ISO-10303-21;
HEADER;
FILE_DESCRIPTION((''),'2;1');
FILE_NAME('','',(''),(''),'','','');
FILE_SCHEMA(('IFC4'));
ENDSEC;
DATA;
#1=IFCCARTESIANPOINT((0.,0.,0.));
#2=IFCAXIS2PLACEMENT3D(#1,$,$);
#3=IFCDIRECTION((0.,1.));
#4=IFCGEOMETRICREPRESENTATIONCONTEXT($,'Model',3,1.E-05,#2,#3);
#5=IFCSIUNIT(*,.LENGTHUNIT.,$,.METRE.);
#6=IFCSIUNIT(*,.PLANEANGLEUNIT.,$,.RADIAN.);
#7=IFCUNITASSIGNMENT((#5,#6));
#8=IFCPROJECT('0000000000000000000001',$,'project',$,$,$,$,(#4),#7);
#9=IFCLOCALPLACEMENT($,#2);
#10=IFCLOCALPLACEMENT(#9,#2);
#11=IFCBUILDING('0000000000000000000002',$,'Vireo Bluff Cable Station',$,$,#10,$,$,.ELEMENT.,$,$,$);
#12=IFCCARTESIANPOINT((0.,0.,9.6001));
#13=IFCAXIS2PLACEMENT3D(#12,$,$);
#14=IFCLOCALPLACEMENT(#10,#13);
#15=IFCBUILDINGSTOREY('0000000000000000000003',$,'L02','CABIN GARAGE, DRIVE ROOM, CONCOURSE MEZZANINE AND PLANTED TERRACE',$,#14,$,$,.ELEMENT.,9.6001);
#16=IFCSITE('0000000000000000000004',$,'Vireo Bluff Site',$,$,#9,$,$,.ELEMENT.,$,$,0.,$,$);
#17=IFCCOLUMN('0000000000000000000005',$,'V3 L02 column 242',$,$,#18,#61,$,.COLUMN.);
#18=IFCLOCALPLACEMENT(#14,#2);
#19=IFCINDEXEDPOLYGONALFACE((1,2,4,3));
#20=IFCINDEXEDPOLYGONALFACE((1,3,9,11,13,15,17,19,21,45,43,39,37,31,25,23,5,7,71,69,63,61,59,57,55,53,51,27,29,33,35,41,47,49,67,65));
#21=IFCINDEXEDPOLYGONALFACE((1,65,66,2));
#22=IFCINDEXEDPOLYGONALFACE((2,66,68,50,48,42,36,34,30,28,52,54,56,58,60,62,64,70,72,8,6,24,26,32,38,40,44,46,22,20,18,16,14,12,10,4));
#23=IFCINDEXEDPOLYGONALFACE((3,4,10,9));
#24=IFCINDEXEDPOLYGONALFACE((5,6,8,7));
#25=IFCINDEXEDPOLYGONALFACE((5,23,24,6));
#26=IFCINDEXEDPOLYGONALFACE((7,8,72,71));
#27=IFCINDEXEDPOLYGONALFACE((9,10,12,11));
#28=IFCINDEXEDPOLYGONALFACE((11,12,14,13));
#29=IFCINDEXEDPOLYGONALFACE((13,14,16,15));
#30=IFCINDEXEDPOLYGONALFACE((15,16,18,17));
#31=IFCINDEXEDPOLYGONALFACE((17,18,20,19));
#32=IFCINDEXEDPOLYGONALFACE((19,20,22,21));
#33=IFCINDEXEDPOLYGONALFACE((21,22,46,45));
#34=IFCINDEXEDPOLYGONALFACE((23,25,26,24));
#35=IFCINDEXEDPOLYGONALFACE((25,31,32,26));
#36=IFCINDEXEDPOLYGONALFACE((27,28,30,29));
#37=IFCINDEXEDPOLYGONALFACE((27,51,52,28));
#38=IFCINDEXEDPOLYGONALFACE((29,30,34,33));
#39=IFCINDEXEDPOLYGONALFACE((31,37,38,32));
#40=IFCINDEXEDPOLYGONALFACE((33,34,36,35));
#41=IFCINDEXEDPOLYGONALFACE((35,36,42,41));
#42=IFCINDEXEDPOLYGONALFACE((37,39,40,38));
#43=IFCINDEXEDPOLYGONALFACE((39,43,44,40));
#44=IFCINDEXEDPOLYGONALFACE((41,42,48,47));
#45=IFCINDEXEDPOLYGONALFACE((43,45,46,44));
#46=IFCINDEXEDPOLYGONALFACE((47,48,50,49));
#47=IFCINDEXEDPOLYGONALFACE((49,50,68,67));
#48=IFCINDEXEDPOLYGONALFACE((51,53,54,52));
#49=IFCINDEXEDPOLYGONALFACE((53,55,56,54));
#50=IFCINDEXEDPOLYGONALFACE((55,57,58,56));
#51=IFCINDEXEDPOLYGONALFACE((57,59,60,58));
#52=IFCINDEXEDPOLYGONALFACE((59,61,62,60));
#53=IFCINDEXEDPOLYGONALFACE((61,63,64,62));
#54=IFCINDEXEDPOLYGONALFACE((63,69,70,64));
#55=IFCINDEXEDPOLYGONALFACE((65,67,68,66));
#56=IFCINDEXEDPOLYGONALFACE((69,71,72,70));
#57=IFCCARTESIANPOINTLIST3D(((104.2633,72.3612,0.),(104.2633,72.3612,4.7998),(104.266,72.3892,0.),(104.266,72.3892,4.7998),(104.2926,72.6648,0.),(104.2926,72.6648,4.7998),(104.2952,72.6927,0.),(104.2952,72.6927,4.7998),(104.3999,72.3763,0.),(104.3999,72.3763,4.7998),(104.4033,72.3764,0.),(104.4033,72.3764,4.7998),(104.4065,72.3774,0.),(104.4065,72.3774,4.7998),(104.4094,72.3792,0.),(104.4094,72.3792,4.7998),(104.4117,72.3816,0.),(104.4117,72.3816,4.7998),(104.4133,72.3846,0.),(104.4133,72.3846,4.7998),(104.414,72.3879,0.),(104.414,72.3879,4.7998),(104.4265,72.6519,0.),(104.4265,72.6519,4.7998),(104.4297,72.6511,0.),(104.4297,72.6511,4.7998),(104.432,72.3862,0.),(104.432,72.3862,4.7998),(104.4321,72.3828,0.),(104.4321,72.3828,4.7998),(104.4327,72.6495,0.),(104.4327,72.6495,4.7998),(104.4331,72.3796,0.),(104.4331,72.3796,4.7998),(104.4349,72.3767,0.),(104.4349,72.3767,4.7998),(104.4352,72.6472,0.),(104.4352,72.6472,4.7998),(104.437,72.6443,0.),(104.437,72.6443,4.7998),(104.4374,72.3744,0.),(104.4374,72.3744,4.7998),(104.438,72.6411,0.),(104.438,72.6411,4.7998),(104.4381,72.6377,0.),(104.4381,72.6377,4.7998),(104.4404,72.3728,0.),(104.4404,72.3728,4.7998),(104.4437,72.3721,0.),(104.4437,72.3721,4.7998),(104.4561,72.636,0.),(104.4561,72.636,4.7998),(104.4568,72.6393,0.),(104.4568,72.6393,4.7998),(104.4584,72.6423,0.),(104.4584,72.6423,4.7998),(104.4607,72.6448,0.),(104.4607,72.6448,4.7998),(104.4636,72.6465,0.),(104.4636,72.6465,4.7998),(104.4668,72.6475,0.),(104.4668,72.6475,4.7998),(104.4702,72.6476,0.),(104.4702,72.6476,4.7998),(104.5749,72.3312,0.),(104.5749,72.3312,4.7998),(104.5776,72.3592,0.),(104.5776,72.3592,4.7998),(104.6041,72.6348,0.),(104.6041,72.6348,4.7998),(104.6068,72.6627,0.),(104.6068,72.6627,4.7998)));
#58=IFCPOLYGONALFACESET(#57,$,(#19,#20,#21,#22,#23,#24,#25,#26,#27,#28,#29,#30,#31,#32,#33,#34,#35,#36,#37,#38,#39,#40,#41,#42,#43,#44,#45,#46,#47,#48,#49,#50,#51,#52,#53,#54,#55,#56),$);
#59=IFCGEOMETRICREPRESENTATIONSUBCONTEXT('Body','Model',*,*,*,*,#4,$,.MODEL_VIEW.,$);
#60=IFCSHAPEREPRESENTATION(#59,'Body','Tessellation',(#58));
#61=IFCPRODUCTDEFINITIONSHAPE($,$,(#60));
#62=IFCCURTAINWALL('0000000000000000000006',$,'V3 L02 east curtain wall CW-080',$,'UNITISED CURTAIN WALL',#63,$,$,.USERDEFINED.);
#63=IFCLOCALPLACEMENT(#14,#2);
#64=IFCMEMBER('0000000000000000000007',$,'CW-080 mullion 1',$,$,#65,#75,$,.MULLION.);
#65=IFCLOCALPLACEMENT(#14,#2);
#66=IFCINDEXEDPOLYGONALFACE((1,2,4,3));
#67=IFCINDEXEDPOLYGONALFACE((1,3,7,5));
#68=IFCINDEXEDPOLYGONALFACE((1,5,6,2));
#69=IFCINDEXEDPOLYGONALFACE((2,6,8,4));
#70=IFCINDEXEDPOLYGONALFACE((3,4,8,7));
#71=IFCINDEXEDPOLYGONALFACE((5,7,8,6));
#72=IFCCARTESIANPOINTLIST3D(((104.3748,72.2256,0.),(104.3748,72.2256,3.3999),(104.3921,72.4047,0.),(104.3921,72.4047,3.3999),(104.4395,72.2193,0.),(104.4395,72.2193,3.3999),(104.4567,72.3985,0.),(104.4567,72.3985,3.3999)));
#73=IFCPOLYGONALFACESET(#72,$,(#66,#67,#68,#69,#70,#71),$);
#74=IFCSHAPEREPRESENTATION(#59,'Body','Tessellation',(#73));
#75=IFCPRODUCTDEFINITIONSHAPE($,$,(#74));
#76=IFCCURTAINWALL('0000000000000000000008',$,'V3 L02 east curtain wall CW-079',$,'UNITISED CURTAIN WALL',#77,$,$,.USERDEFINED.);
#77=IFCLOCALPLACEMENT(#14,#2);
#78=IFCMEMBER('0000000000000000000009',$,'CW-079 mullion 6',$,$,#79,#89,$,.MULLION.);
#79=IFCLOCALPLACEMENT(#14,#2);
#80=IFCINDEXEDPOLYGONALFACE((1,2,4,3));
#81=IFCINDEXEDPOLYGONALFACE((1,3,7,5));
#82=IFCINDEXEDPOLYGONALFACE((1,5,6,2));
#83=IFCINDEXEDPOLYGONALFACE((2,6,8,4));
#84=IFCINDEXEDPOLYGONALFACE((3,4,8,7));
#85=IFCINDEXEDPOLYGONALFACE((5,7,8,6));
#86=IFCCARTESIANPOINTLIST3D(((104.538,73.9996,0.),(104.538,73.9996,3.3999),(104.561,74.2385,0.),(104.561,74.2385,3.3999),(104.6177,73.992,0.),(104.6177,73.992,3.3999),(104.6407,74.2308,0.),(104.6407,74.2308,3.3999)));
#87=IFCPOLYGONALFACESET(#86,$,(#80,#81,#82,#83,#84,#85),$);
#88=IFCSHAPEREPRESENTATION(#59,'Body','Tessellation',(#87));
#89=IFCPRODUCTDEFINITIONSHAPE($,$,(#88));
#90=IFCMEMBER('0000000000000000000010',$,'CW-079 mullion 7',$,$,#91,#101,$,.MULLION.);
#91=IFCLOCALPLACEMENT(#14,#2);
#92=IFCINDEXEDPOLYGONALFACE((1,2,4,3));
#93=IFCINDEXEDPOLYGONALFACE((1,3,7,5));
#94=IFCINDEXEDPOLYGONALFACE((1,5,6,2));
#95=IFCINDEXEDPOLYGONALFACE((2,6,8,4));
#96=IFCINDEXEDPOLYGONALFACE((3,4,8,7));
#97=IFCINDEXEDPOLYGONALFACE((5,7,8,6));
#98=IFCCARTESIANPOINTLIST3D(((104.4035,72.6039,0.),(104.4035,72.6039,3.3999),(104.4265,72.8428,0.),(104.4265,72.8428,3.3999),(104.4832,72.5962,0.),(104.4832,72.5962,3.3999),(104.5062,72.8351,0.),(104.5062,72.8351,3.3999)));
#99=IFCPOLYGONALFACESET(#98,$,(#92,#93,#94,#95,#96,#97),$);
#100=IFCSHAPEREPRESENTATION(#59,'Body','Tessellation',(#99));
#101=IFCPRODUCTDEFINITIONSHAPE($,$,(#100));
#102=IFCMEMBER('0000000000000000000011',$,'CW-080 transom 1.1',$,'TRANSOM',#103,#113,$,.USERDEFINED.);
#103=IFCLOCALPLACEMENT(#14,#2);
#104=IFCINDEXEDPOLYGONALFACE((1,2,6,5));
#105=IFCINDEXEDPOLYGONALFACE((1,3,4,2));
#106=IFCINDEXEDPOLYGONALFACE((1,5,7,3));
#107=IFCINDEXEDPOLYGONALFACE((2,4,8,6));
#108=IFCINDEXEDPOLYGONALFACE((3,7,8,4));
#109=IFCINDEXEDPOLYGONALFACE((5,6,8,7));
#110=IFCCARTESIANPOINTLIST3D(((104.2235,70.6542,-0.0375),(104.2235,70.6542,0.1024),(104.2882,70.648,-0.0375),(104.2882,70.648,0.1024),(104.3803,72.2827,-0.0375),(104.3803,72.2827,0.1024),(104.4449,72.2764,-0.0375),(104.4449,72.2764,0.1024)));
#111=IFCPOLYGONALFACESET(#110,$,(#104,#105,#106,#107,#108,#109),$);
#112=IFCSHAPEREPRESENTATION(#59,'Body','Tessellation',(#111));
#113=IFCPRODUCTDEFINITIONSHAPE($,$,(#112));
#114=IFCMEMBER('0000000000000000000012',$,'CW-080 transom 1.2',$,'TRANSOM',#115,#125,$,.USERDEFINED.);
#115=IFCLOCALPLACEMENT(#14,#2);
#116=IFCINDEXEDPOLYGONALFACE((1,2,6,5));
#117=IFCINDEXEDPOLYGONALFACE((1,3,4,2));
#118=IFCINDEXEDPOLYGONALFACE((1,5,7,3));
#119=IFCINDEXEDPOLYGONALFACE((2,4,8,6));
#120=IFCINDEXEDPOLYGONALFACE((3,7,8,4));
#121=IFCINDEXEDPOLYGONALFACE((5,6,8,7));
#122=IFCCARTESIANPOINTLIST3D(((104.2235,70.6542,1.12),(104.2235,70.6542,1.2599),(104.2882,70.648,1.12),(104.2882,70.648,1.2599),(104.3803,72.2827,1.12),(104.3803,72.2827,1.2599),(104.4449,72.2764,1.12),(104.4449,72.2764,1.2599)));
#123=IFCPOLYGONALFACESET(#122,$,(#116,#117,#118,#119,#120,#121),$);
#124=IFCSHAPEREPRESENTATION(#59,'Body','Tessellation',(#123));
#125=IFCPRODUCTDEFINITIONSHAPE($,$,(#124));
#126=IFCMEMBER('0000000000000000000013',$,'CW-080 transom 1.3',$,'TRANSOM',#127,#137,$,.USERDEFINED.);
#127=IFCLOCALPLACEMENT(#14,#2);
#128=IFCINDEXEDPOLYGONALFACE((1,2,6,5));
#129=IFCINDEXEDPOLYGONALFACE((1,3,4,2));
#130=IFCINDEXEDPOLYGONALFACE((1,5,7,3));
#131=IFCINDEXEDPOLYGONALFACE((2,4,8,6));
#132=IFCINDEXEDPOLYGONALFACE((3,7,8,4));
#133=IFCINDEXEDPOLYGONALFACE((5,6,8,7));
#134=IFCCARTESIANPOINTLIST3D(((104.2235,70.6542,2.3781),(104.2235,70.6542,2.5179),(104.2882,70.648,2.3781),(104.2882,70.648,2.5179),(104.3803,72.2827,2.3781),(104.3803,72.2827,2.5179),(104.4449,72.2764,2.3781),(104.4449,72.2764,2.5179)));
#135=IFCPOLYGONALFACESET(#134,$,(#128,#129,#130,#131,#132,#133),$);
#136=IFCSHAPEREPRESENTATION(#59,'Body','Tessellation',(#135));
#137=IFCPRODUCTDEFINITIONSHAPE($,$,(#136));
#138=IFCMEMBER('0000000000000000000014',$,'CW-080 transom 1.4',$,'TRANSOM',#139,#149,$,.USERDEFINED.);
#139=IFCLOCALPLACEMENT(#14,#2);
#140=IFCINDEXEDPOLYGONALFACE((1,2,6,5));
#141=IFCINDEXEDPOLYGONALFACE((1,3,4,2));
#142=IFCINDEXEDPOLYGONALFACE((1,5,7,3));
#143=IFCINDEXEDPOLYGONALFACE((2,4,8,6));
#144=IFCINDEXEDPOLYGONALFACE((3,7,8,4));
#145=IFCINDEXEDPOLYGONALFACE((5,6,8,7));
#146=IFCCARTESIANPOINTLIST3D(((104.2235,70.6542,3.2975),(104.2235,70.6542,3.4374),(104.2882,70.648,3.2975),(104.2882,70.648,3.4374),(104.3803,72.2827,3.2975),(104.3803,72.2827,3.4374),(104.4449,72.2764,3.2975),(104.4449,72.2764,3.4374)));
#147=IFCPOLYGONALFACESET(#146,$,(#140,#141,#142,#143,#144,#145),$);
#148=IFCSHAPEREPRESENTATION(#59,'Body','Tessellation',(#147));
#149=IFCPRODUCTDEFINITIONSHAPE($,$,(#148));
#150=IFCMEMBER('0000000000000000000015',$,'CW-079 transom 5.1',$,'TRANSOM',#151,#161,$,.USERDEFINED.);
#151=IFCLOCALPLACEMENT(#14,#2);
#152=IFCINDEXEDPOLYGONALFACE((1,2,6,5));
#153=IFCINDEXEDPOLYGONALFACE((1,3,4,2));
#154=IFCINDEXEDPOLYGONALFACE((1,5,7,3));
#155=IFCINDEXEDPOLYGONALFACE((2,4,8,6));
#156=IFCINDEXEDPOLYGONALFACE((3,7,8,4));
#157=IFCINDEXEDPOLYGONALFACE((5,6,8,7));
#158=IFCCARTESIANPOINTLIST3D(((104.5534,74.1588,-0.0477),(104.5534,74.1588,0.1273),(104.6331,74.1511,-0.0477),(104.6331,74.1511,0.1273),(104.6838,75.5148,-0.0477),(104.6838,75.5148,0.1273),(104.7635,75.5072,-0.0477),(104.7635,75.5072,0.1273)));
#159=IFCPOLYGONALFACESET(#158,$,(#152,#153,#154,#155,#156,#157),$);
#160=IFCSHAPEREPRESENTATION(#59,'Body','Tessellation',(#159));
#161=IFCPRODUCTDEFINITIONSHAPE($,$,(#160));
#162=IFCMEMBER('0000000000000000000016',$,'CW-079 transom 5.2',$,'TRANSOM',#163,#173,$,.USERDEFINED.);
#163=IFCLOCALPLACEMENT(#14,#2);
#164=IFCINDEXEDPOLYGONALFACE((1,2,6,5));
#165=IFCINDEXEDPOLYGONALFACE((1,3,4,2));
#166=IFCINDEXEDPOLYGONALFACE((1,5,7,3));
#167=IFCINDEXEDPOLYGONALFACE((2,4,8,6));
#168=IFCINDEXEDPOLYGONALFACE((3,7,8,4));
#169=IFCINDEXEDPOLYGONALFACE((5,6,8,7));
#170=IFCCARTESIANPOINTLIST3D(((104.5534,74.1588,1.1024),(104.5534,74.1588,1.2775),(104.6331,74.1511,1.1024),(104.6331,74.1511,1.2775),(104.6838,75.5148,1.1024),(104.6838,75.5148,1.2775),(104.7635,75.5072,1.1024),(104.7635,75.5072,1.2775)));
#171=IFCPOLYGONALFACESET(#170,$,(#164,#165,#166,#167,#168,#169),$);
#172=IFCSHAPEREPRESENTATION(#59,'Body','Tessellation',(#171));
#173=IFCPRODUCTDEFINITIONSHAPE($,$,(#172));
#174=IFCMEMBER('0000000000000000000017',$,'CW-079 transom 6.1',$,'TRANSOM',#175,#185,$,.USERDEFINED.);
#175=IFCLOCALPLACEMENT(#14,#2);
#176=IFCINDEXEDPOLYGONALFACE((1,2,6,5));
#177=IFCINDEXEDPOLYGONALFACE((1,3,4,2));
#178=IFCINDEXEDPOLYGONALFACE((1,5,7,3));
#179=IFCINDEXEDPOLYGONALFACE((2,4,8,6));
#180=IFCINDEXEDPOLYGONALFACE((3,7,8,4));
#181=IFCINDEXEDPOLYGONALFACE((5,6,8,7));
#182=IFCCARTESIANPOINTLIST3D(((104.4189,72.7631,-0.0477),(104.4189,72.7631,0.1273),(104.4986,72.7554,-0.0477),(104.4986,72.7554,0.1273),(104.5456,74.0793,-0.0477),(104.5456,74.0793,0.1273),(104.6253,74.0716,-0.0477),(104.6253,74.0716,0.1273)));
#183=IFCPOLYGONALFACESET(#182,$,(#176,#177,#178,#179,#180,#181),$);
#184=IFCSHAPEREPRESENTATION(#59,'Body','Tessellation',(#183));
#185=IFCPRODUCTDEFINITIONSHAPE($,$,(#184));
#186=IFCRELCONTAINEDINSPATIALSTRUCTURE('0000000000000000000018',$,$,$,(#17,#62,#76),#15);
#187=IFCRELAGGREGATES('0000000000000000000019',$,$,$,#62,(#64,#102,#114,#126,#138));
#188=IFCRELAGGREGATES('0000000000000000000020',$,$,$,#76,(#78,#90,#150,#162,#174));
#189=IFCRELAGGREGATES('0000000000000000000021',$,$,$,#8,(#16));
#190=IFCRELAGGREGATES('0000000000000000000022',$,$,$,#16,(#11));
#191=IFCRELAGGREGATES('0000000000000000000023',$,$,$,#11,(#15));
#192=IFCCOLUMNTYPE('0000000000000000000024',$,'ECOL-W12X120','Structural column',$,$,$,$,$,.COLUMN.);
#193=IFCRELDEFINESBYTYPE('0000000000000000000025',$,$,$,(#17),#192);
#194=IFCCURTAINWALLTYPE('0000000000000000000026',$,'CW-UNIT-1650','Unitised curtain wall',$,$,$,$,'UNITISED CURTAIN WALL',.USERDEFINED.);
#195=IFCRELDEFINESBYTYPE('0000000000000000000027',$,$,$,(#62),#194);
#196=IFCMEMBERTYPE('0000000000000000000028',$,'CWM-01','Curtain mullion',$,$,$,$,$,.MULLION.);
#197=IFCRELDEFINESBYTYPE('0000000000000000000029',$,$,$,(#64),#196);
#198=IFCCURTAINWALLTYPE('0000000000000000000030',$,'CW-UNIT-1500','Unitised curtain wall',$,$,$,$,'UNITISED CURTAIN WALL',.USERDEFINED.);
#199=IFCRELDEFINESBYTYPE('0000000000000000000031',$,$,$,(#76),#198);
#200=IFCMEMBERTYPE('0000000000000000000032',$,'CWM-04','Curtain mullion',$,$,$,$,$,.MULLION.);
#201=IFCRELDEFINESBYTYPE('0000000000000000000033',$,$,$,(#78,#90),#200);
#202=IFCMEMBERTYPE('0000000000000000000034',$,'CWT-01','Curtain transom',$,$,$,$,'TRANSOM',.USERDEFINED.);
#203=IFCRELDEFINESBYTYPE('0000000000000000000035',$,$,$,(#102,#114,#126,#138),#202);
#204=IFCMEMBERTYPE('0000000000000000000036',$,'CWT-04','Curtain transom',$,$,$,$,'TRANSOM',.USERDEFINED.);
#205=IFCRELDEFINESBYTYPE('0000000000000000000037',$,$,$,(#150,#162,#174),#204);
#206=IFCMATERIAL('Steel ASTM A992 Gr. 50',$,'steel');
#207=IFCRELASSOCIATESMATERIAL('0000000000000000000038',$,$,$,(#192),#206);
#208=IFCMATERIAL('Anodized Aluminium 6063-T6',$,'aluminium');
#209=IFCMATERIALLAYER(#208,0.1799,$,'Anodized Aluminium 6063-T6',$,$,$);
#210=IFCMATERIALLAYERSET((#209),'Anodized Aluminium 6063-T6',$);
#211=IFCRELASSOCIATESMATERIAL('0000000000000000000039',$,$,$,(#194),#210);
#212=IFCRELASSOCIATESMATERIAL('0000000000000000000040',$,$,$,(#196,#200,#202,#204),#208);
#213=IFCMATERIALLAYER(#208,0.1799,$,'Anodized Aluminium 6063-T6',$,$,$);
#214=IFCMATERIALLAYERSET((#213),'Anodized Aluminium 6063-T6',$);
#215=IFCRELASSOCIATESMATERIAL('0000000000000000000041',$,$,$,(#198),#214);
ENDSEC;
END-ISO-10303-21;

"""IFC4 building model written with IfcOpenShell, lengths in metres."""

from ifc_helpers import new_model, si_unit, direction, frame, origin, origin_2d, place, context, subcontext, project, spatial, rectangle, i_section, extrude, material, layer, layer_set, material_profile, profile_set, type_object, element, aggregate, save


model = new_model("IFC4")

# Units and contexts
model_context = context("Model", 3, precision=1e-05, world=origin(), true_north=direction((0.0, 1.0)))
body_context = subcontext(model_context, "Body", "Model", "MODEL_VIEW")
ifc_project = project(units=[si_unit("LENGTHUNIT", "METRE"), si_unit("PLANEANGLEUNIT", "RADIAN")], contexts=[model_context])

# Site, building, storey
site_placement = place(None, origin())
site = spatial("IfcSite", under=ifc_project, at=site_placement, Name="Vireo Bluff Site", CompositionType="ELEMENT", RefElevation=0.0)
building_placement = place(site_placement, origin())
building = spatial("IfcBuilding", under=site, at=building_placement, Name="Vireo Bluff Cable Station", CompositionType="ELEMENT")
storey_placement = place(building_placement, frame((0.0, 0.0, 9.6001)))
storey = spatial("IfcBuildingStorey", under=building, at=storey_placement, Name="L02", Description="CABIN GARAGE, DRIVE ROOM, CONCOURSE MEZZANINE AND PLANTED TERRACE", CompositionType="ELEMENT", Elevation=9.6001)

# Column
ifc_material_1 = material(Name="Steel ASTM A992 Gr. 50", Category="steel")
ifc_material_profile_1 = material_profile(ifc_material_1, i_section(OverallWidth=0.313, OverallDepth=0.333, WebThickness=0.0181, FlangeThickness=0.0281, FilletRadius=0.0129, at=origin_2d()), Name="W12X120")
ifc_profile_set_1 = profile_set([ifc_material_profile_1], Name="Steel ASTM A992 Gr. 50")
column_type = type_object("IfcColumnType", Name="ECOL-W12X120", Description="Structural column", PredefinedType="COLUMN", material=ifc_profile_set_1)
column_placement = place(storey_placement, frame((104.4351, 72.512, 0.0), z_axis=(0.0, 0.0, 1.0), x_axis=(0.995396, -0.095846, 0.0)))
element("IfcColumn", 1, at=column_placement, inside=storey, type_object=column_type, Name="V3 L02 column 242", PredefinedType="COLUMN", context=body_context, shape_type="SweptSolid", body=[
    extrude(i_section(OverallWidth=0.313, OverallDepth=0.333, WebThickness=0.0181, FlangeThickness=0.0281, FilletRadius=0.0129, at=origin_2d()), origin(), (0.0, 0.0, 1.0), 4.7998),
])

# Curtain wall, member
ifc_material_2 = material(Name="Anodized Aluminium 6063-T6", Category="aluminium")
ifc_layer_1 = layer(ifc_material_2, 0.1799, Name="Anodized Aluminium 6063-T6")
ifc_layer_set_1 = layer_set([ifc_layer_1], Name="Anodized Aluminium 6063-T6")
curtain_wall_type_1 = type_object("IfcCurtainWallType", Name="CW-UNIT-1650", Description="Unitised curtain wall", ElementType="UNITISED CURTAIN WALL", PredefinedType="USERDEFINED", material=ifc_layer_set_1)
curtain_wall_1_placement = place(storey_placement, origin())
curtain_wall_1 = element("IfcCurtainWall", 2, at=curtain_wall_1_placement, inside=storey, type_object=curtain_wall_type_1, Name="V3 L02 east curtain wall CW-080", ObjectType="UNITISED CURTAIN WALL", PredefinedType="USERDEFINED")
ifc_material_profile_2 = material_profile(ifc_material_2, rectangle(XDim=0.0649, YDim=0.1799, at=origin_2d()), Name="ALU-M-65X180")
ifc_profile_set_2 = profile_set([ifc_material_profile_2], Name="Anodized Aluminium 6063-T6")
member_type_1 = type_object("IfcMemberType", Name="CWM-01", Description="Curtain mullion", PredefinedType="MULLION", material=ifc_profile_set_2)
member_1_placement = place(storey_placement, frame((104.4158, 72.312, 0.0), z_axis=(0.0, 0.0, 1.0), x_axis=(0.995396, -0.095846, 0.0)))
member_1 = element("IfcMember", 3, at=member_1_placement, type_object=member_type_1, Name="CW-080 mullion 1", PredefinedType="MULLION", context=body_context, shape_type="SweptSolid", body=[
    extrude(rectangle(XDim=0.0649, YDim=0.1799, at=origin_2d()), origin(), (0.0, 0.0, 1.0), 3.3999),
])

# Curtain wall, members
ifc_layer_2 = layer(ifc_material_2, 0.1799, Name="Anodized Aluminium 6063-T6")
ifc_layer_set_2 = layer_set([ifc_layer_2], Name="Anodized Aluminium 6063-T6")
curtain_wall_type_2 = type_object("IfcCurtainWallType", Name="CW-UNIT-1500", Description="Unitised curtain wall", ElementType="UNITISED CURTAIN WALL", PredefinedType="USERDEFINED", material=ifc_layer_set_2)
curtain_wall_2_placement = place(storey_placement, origin())
curtain_wall_2 = element("IfcCurtainWall", 4, at=curtain_wall_2_placement, inside=storey, type_object=curtain_wall_type_2, Name="V3 L02 east curtain wall CW-079", ObjectType="UNITISED CURTAIN WALL", PredefinedType="USERDEFINED")
ifc_material_profile_3 = material_profile(ifc_material_2, rectangle(XDim=0.0801, YDim=0.24, at=origin_2d()), Name="ALU-M-80X240")
ifc_profile_set_3 = profile_set([ifc_material_profile_3], Name="Anodized Aluminium 6063-T6")
member_type_2 = type_object("IfcMemberType", Name="CWM-04", Description="Curtain mullion", PredefinedType="MULLION", material=ifc_profile_set_3)
member_2_placement = place(storey_placement, frame((104.5894, 74.1152, 0.0), z_axis=(0.0, 0.0, 1.0), x_axis=(0.995396, -0.095846, 0.0)))
member_2 = element("IfcMember", 5, at=member_2_placement, type_object=member_type_2, Name="CW-079 mullion 6", PredefinedType="MULLION", context=body_context, shape_type="SweptSolid", body=[
    extrude(rectangle(XDim=0.0801, YDim=0.24, at=origin_2d()), origin(), (0.0, 0.0, 1.0), 3.3999),
])
member_3_placement = place(storey_placement, frame((104.4548, 72.7195, 0.0), z_axis=(0.0, 0.0, 1.0), x_axis=(0.995396, -0.095846, 0.0)))
member_3 = element("IfcMember", 6, at=member_3_placement, type_object=member_type_2, Name="CW-079 mullion 7", PredefinedType="MULLION", context=body_context, shape_type="SweptSolid", body=[
    extrude(rectangle(XDim=0.0801, YDim=0.24, at=origin_2d()), origin(), (0.0, 0.0, 1.0), 3.3999),
])

# Members
ifc_material_profile_4 = material_profile(ifc_material_2, rectangle(XDim=0.0649, YDim=0.1399, at=origin_2d()), Name="ALU-T-65X140")
ifc_profile_set_4 = profile_set([ifc_material_profile_4], Name="Anodized Aluminium 6063-T6")
member_type_3 = type_object("IfcMemberType", Name="CWT-01", Description="Curtain transom", ElementType="TRANSOM", PredefinedType="USERDEFINED", material=ifc_profile_set_4)
member_4_placement = place(storey_placement, frame((104.4126, 72.2795, 0.0325), z_axis=(-0.095809, -0.9954, 0.0), x_axis=(0.9954, -0.095809, 0.0)))
member_4 = element("IfcMember", 7, at=member_4_placement, type_object=member_type_3, Name="CW-080 transom 1.1", ObjectType="TRANSOM", PredefinedType="USERDEFINED", context=body_context, shape_type="SweptSolid", body=[
    extrude(rectangle(XDim=0.0649, YDim=0.1399, at=origin_2d()), origin(), (0.0, 0.0, 1.0), 1.636),
])
member_5_placement = place(storey_placement, frame((104.4126, 72.2795, 1.1899), z_axis=(-0.095809, -0.9954, 0.0), x_axis=(0.9954, -0.095809, 0.0)))
member_5 = element("IfcMember", 8, at=member_5_placement, type_object=member_type_3, Name="CW-080 transom 1.2", ObjectType="TRANSOM", PredefinedType="USERDEFINED", context=body_context, shape_type="SweptSolid", body=[
    extrude(rectangle(XDim=0.0649, YDim=0.1399, at=origin_2d()), origin(), (0.0, 0.0, 1.0), 1.636),
])
member_6_placement = place(storey_placement, frame((104.4126, 72.2795, 2.448), z_axis=(-0.095809, -0.9954, 0.0), x_axis=(0.9954, -0.095809, 0.0)))
member_6 = element("IfcMember", 9, at=member_6_placement, type_object=member_type_3, Name="CW-080 transom 1.3", ObjectType="TRANSOM", PredefinedType="USERDEFINED", context=body_context, shape_type="SweptSolid", body=[
    extrude(rectangle(XDim=0.0649, YDim=0.1399, at=origin_2d()), origin(), (0.0, 0.0, 1.0), 1.636),
])
member_7_placement = place(storey_placement, frame((104.4126, 72.2795, 3.3674), z_axis=(-0.095809, -0.9954, 0.0), x_axis=(0.9954, -0.095809, 0.0)))
member_7 = element("IfcMember", 10, at=member_7_placement, type_object=member_type_3, Name="CW-080 transom 1.4", ObjectType="TRANSOM", PredefinedType="USERDEFINED", context=body_context, shape_type="SweptSolid", body=[
    extrude(rectangle(XDim=0.0649, YDim=0.1399, at=origin_2d()), origin(), (0.0, 0.0, 1.0), 1.636),
])
ifc_material_profile_5 = material_profile(ifc_material_2, rectangle(XDim=0.0801, YDim=0.175, at=origin_2d()), Name="ALU-T-80X175")
ifc_profile_set_5 = profile_set([ifc_material_profile_5], Name="Anodized Aluminium 6063-T6")
member_type_4 = type_object("IfcMemberType", Name="CWT-04", Description="Curtain transom", ElementType="TRANSOM", PredefinedType="USERDEFINED", material=ifc_profile_set_5)
member_8_placement = place(storey_placement, frame((104.7236, 75.511, 0.0398), z_axis=(-0.095706, -0.99541, 0.0), x_axis=(0.99541, -0.095706, 0.0)))
member_8 = element("IfcMember", 11, at=member_8_placement, type_object=member_type_4, Name="CW-079 transom 5.1", ObjectType="TRANSOM", PredefinedType="USERDEFINED", context=body_context, shape_type="SweptSolid", body=[
    extrude(rectangle(XDim=0.0801, YDim=0.175, at=origin_2d()), origin(), (0.0, 0.0, 1.0), 1.3623),
])
member_9_placement = place(storey_placement, frame((104.7236, 75.511, 1.1899), z_axis=(-0.095706, -0.99541, 0.0), x_axis=(0.99541, -0.095706, 0.0)))
member_9 = element("IfcMember", 12, at=member_9_placement, type_object=member_type_4, Name="CW-079 transom 5.2", ObjectType="TRANSOM", PredefinedType="USERDEFINED", context=body_context, shape_type="SweptSolid", body=[
    extrude(rectangle(XDim=0.0801, YDim=0.175, at=origin_2d()), origin(), (0.0, 0.0, 1.0), 1.3623),
])
member_10_placement = place(storey_placement, frame((104.5854, 74.0754, 0.0398), z_axis=(-0.095829, -0.995398, 0.0), x_axis=(0.995398, -0.095829, 0.0)))
member_10 = element("IfcMember", 13, at=member_10_placement, type_object=member_type_4, Name="CW-079 transom 6.1", ObjectType="TRANSOM", PredefinedType="USERDEFINED", context=body_context, shape_type="SweptSolid", body=[
    extrude(rectangle(XDim=0.0801, YDim=0.175, at=origin_2d()), origin(), (0.0, 0.0, 1.0), 1.3223),
])

aggregate(curtain_wall_1, [member_1, member_4, member_5, member_6, member_7])
aggregate(curtain_wall_2, [member_2, member_3, member_8, member_9, member_10])

save(model, "model.ifc")
